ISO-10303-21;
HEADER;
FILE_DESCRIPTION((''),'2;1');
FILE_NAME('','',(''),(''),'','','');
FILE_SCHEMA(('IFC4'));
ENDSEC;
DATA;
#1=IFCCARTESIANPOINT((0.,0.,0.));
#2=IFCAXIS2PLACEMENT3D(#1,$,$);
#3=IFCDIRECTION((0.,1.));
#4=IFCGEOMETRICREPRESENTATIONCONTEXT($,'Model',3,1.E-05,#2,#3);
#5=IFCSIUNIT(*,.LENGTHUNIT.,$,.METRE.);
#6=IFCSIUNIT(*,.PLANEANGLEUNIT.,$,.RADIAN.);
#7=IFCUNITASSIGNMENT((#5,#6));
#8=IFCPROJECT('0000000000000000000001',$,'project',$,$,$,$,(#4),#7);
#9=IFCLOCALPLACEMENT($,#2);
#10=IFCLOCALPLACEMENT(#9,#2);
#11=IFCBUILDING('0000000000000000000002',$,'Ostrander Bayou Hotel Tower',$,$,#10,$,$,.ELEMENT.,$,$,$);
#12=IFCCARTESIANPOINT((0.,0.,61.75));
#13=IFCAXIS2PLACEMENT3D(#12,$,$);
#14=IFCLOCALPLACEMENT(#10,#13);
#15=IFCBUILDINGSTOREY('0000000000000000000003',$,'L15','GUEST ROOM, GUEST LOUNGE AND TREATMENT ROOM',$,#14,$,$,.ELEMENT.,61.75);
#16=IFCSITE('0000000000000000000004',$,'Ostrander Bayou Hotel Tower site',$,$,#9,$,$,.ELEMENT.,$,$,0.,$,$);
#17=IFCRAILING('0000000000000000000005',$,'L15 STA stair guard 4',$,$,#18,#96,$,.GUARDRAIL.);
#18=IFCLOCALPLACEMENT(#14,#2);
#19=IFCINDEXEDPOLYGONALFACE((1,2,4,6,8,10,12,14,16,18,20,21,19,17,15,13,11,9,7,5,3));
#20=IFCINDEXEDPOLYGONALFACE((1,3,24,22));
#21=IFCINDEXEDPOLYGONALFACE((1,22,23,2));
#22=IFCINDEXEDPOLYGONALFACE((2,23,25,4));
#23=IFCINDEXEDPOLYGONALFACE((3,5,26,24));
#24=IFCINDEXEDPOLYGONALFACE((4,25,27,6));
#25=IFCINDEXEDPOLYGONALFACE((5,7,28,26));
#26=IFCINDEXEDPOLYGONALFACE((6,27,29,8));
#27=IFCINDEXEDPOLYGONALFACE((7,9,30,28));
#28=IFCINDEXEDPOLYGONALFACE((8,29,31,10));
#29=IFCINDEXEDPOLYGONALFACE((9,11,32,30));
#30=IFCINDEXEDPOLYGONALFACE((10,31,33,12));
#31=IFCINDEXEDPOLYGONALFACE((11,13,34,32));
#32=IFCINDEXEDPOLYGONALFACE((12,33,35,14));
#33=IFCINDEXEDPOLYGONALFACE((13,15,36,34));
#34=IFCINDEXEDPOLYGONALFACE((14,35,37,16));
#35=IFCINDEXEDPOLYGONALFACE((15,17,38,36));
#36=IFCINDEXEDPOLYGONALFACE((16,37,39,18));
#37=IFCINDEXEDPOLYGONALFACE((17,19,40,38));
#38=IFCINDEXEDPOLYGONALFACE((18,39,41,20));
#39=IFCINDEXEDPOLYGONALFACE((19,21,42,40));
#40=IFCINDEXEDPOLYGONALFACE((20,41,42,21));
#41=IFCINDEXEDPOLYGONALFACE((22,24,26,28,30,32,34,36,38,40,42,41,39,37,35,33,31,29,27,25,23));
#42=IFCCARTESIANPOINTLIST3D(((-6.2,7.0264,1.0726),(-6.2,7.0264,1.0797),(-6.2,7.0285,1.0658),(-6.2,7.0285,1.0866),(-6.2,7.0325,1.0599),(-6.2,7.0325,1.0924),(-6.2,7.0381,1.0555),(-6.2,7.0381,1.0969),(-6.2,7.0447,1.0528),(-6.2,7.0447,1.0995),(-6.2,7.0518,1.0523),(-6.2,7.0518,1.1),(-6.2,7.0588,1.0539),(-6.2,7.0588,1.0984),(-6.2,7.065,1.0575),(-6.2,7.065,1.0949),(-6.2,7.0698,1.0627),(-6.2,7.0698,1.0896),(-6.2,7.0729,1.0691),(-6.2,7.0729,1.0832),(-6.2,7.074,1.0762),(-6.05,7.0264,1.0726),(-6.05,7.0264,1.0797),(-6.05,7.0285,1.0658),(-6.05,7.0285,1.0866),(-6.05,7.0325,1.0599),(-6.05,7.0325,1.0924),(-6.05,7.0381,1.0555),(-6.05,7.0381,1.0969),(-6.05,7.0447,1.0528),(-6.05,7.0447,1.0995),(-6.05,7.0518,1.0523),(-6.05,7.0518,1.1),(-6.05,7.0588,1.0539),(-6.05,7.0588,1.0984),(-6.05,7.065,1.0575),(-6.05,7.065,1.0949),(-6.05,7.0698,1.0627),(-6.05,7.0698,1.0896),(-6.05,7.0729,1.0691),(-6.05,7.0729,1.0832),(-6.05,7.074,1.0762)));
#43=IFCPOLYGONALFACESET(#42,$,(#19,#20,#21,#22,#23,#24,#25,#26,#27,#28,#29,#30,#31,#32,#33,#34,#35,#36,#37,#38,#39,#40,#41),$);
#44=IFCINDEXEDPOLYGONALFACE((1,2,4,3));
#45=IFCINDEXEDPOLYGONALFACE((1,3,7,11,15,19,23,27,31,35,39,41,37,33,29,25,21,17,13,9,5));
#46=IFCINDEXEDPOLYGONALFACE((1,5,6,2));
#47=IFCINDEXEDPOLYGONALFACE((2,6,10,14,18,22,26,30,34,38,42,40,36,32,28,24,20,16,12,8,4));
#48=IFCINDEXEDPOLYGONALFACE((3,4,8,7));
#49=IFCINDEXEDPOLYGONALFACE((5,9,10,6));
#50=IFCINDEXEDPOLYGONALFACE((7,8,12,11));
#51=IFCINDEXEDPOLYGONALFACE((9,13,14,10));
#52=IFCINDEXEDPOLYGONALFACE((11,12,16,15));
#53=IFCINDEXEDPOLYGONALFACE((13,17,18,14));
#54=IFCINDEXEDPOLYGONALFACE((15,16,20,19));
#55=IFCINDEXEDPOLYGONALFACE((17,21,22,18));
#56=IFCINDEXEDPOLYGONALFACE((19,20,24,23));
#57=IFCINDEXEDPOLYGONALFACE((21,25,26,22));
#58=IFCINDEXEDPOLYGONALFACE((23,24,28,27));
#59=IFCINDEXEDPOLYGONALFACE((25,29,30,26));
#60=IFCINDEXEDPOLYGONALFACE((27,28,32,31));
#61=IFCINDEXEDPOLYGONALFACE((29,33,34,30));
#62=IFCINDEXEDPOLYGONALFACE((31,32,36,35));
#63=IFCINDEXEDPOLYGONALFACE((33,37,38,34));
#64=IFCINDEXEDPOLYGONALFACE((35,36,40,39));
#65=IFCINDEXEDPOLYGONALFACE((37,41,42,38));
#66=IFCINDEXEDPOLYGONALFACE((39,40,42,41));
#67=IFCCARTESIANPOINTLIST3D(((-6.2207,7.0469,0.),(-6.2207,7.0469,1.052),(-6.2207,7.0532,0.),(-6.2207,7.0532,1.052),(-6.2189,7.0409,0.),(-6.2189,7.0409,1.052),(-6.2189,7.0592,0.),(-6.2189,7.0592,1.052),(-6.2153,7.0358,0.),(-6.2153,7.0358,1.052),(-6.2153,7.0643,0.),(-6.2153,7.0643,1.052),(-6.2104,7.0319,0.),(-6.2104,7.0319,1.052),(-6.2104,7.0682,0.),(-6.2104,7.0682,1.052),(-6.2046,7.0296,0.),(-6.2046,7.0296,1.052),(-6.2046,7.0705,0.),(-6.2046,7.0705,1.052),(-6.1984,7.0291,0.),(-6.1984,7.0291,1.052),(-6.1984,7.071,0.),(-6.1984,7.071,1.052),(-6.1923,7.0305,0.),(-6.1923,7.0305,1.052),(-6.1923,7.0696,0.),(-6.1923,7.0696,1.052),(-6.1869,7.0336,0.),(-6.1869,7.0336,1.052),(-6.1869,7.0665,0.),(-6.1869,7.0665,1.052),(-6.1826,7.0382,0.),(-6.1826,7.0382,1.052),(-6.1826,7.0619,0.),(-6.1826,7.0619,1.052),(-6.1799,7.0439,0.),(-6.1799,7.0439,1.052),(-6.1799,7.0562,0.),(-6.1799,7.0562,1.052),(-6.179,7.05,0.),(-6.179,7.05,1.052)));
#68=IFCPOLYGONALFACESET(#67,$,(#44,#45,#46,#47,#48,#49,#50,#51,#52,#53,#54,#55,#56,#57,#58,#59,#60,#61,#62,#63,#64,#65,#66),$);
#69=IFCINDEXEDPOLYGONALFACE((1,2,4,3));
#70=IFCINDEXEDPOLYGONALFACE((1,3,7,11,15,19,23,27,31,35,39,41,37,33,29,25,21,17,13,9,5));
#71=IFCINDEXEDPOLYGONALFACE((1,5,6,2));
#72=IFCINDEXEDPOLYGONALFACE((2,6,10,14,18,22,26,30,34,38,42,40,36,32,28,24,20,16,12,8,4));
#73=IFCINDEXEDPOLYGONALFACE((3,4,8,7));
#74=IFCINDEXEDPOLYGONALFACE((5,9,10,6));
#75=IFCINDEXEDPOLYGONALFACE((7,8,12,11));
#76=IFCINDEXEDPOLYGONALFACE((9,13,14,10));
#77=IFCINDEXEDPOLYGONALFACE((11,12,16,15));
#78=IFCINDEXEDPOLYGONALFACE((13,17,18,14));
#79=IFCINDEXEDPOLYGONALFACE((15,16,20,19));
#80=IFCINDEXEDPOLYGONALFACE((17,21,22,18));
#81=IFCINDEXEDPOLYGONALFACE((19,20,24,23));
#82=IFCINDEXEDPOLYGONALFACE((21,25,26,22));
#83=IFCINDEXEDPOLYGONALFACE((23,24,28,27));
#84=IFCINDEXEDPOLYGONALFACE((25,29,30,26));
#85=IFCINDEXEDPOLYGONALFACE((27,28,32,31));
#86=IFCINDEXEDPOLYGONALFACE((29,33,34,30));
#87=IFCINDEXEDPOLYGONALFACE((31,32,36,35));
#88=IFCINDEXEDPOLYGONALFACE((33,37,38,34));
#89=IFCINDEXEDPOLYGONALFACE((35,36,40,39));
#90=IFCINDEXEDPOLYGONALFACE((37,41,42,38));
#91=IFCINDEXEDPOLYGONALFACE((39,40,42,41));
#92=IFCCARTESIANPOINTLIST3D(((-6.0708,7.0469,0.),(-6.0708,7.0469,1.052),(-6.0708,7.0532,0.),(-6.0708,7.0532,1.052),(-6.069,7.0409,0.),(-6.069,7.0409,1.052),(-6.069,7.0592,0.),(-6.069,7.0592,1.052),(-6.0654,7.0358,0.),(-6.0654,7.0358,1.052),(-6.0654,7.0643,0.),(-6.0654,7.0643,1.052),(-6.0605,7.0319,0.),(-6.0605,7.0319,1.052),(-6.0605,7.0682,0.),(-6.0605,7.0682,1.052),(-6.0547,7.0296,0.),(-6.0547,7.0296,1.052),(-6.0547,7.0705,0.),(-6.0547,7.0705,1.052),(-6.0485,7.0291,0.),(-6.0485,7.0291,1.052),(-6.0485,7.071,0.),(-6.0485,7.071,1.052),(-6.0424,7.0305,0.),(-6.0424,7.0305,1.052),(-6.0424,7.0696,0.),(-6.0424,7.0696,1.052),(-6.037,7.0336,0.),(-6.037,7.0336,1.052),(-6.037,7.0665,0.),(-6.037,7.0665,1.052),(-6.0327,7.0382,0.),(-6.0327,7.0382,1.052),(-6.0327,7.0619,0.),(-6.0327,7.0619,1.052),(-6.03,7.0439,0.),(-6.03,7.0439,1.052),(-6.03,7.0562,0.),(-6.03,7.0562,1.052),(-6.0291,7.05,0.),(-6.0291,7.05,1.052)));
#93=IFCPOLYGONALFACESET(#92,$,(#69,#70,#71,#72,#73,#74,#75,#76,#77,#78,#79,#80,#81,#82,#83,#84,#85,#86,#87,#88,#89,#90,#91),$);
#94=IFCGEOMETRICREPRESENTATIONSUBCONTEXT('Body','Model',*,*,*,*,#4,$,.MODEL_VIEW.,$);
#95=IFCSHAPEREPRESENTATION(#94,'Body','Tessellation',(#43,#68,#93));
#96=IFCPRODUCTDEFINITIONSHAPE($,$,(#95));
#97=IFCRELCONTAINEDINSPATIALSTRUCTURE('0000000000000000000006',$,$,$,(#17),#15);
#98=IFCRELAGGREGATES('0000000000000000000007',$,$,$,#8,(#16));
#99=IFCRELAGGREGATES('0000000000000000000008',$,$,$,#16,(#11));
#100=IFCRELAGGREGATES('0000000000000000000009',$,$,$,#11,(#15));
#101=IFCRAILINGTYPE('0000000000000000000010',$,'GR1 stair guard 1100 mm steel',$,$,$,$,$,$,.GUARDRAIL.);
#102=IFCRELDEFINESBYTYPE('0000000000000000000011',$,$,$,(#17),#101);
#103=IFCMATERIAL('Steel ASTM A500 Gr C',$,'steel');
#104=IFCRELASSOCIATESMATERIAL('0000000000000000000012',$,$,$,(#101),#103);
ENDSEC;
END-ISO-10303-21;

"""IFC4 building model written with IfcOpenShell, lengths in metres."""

from ifc_helpers import new_model, si_unit, direction, frame, origin, origin_2d, place, context, subcontext, project, spatial, circle, extrude, material, type_object, element, save


model = new_model("IFC4")

# Units and contexts
model_context = context("Model", 3, precision=1e-05, world=origin(), true_north=direction((0.0, 1.0)))
body_context = subcontext(model_context, "Body", "Model", "MODEL_VIEW")
ifc_project = project(units=[si_unit("LENGTHUNIT", "METRE"), si_unit("PLANEANGLEUNIT", "RADIAN")], contexts=[model_context])

# Site, building, storey
site_placement = place(None, origin())
site = spatial("IfcSite", under=ifc_project, at=site_placement, Name="Ostrander Bayou Hotel Tower site", CompositionType="ELEMENT", RefElevation=0.0)
building_placement = place(site_placement, origin())
building = spatial("IfcBuilding", under=site, at=building_placement, Name="Ostrander Bayou Hotel Tower", CompositionType="ELEMENT")
storey_placement = place(building_placement, frame((0.0, 0.0, 61.75)))
storey = spatial("IfcBuildingStorey", under=building, at=storey_placement, Name="L15", Description="GUEST ROOM, GUEST LOUNGE AND TREATMENT ROOM", CompositionType="ELEMENT", Elevation=61.75)

# Railing
ifc_material_1 = material(Name="Steel ASTM A500 Gr C", Category="steel")
railing_type_1 = type_object("IfcRailingType", Name="GR1 stair guard 1100 mm steel", PredefinedType="GUARDRAIL", material=ifc_material_1)
railing_1_placement = place(storey_placement, frame((-6.2, 7.05, 0.0)))
element("IfcRailing", 1, at=railing_1_placement, inside=storey, type_object=railing_type_1, Name="L15 STA stair guard 4", PredefinedType="GUARDRAIL", context=body_context, shape_type="SweptSolid", body=[
    extrude(circle(Radius=0.0239, at=origin_2d()), frame((0.0, 0.0, 1.0762), z_axis=(1.0, 0.0, 0.0), x_axis=(0.0, 1.0, 0.0)), (0.0, 0.0, 1.0), 0.1499),
    extrude(circle(Radius=0.021, at=origin_2d()), origin(), (0.0, 0.0, 1.0), 1.052),
    extrude(circle(Radius=0.021, at=origin_2d()), frame((0.1499, 0.0, 0.0)), (0.0, 0.0, 1.0), 1.052),
])

save(model, "model.ifc")
